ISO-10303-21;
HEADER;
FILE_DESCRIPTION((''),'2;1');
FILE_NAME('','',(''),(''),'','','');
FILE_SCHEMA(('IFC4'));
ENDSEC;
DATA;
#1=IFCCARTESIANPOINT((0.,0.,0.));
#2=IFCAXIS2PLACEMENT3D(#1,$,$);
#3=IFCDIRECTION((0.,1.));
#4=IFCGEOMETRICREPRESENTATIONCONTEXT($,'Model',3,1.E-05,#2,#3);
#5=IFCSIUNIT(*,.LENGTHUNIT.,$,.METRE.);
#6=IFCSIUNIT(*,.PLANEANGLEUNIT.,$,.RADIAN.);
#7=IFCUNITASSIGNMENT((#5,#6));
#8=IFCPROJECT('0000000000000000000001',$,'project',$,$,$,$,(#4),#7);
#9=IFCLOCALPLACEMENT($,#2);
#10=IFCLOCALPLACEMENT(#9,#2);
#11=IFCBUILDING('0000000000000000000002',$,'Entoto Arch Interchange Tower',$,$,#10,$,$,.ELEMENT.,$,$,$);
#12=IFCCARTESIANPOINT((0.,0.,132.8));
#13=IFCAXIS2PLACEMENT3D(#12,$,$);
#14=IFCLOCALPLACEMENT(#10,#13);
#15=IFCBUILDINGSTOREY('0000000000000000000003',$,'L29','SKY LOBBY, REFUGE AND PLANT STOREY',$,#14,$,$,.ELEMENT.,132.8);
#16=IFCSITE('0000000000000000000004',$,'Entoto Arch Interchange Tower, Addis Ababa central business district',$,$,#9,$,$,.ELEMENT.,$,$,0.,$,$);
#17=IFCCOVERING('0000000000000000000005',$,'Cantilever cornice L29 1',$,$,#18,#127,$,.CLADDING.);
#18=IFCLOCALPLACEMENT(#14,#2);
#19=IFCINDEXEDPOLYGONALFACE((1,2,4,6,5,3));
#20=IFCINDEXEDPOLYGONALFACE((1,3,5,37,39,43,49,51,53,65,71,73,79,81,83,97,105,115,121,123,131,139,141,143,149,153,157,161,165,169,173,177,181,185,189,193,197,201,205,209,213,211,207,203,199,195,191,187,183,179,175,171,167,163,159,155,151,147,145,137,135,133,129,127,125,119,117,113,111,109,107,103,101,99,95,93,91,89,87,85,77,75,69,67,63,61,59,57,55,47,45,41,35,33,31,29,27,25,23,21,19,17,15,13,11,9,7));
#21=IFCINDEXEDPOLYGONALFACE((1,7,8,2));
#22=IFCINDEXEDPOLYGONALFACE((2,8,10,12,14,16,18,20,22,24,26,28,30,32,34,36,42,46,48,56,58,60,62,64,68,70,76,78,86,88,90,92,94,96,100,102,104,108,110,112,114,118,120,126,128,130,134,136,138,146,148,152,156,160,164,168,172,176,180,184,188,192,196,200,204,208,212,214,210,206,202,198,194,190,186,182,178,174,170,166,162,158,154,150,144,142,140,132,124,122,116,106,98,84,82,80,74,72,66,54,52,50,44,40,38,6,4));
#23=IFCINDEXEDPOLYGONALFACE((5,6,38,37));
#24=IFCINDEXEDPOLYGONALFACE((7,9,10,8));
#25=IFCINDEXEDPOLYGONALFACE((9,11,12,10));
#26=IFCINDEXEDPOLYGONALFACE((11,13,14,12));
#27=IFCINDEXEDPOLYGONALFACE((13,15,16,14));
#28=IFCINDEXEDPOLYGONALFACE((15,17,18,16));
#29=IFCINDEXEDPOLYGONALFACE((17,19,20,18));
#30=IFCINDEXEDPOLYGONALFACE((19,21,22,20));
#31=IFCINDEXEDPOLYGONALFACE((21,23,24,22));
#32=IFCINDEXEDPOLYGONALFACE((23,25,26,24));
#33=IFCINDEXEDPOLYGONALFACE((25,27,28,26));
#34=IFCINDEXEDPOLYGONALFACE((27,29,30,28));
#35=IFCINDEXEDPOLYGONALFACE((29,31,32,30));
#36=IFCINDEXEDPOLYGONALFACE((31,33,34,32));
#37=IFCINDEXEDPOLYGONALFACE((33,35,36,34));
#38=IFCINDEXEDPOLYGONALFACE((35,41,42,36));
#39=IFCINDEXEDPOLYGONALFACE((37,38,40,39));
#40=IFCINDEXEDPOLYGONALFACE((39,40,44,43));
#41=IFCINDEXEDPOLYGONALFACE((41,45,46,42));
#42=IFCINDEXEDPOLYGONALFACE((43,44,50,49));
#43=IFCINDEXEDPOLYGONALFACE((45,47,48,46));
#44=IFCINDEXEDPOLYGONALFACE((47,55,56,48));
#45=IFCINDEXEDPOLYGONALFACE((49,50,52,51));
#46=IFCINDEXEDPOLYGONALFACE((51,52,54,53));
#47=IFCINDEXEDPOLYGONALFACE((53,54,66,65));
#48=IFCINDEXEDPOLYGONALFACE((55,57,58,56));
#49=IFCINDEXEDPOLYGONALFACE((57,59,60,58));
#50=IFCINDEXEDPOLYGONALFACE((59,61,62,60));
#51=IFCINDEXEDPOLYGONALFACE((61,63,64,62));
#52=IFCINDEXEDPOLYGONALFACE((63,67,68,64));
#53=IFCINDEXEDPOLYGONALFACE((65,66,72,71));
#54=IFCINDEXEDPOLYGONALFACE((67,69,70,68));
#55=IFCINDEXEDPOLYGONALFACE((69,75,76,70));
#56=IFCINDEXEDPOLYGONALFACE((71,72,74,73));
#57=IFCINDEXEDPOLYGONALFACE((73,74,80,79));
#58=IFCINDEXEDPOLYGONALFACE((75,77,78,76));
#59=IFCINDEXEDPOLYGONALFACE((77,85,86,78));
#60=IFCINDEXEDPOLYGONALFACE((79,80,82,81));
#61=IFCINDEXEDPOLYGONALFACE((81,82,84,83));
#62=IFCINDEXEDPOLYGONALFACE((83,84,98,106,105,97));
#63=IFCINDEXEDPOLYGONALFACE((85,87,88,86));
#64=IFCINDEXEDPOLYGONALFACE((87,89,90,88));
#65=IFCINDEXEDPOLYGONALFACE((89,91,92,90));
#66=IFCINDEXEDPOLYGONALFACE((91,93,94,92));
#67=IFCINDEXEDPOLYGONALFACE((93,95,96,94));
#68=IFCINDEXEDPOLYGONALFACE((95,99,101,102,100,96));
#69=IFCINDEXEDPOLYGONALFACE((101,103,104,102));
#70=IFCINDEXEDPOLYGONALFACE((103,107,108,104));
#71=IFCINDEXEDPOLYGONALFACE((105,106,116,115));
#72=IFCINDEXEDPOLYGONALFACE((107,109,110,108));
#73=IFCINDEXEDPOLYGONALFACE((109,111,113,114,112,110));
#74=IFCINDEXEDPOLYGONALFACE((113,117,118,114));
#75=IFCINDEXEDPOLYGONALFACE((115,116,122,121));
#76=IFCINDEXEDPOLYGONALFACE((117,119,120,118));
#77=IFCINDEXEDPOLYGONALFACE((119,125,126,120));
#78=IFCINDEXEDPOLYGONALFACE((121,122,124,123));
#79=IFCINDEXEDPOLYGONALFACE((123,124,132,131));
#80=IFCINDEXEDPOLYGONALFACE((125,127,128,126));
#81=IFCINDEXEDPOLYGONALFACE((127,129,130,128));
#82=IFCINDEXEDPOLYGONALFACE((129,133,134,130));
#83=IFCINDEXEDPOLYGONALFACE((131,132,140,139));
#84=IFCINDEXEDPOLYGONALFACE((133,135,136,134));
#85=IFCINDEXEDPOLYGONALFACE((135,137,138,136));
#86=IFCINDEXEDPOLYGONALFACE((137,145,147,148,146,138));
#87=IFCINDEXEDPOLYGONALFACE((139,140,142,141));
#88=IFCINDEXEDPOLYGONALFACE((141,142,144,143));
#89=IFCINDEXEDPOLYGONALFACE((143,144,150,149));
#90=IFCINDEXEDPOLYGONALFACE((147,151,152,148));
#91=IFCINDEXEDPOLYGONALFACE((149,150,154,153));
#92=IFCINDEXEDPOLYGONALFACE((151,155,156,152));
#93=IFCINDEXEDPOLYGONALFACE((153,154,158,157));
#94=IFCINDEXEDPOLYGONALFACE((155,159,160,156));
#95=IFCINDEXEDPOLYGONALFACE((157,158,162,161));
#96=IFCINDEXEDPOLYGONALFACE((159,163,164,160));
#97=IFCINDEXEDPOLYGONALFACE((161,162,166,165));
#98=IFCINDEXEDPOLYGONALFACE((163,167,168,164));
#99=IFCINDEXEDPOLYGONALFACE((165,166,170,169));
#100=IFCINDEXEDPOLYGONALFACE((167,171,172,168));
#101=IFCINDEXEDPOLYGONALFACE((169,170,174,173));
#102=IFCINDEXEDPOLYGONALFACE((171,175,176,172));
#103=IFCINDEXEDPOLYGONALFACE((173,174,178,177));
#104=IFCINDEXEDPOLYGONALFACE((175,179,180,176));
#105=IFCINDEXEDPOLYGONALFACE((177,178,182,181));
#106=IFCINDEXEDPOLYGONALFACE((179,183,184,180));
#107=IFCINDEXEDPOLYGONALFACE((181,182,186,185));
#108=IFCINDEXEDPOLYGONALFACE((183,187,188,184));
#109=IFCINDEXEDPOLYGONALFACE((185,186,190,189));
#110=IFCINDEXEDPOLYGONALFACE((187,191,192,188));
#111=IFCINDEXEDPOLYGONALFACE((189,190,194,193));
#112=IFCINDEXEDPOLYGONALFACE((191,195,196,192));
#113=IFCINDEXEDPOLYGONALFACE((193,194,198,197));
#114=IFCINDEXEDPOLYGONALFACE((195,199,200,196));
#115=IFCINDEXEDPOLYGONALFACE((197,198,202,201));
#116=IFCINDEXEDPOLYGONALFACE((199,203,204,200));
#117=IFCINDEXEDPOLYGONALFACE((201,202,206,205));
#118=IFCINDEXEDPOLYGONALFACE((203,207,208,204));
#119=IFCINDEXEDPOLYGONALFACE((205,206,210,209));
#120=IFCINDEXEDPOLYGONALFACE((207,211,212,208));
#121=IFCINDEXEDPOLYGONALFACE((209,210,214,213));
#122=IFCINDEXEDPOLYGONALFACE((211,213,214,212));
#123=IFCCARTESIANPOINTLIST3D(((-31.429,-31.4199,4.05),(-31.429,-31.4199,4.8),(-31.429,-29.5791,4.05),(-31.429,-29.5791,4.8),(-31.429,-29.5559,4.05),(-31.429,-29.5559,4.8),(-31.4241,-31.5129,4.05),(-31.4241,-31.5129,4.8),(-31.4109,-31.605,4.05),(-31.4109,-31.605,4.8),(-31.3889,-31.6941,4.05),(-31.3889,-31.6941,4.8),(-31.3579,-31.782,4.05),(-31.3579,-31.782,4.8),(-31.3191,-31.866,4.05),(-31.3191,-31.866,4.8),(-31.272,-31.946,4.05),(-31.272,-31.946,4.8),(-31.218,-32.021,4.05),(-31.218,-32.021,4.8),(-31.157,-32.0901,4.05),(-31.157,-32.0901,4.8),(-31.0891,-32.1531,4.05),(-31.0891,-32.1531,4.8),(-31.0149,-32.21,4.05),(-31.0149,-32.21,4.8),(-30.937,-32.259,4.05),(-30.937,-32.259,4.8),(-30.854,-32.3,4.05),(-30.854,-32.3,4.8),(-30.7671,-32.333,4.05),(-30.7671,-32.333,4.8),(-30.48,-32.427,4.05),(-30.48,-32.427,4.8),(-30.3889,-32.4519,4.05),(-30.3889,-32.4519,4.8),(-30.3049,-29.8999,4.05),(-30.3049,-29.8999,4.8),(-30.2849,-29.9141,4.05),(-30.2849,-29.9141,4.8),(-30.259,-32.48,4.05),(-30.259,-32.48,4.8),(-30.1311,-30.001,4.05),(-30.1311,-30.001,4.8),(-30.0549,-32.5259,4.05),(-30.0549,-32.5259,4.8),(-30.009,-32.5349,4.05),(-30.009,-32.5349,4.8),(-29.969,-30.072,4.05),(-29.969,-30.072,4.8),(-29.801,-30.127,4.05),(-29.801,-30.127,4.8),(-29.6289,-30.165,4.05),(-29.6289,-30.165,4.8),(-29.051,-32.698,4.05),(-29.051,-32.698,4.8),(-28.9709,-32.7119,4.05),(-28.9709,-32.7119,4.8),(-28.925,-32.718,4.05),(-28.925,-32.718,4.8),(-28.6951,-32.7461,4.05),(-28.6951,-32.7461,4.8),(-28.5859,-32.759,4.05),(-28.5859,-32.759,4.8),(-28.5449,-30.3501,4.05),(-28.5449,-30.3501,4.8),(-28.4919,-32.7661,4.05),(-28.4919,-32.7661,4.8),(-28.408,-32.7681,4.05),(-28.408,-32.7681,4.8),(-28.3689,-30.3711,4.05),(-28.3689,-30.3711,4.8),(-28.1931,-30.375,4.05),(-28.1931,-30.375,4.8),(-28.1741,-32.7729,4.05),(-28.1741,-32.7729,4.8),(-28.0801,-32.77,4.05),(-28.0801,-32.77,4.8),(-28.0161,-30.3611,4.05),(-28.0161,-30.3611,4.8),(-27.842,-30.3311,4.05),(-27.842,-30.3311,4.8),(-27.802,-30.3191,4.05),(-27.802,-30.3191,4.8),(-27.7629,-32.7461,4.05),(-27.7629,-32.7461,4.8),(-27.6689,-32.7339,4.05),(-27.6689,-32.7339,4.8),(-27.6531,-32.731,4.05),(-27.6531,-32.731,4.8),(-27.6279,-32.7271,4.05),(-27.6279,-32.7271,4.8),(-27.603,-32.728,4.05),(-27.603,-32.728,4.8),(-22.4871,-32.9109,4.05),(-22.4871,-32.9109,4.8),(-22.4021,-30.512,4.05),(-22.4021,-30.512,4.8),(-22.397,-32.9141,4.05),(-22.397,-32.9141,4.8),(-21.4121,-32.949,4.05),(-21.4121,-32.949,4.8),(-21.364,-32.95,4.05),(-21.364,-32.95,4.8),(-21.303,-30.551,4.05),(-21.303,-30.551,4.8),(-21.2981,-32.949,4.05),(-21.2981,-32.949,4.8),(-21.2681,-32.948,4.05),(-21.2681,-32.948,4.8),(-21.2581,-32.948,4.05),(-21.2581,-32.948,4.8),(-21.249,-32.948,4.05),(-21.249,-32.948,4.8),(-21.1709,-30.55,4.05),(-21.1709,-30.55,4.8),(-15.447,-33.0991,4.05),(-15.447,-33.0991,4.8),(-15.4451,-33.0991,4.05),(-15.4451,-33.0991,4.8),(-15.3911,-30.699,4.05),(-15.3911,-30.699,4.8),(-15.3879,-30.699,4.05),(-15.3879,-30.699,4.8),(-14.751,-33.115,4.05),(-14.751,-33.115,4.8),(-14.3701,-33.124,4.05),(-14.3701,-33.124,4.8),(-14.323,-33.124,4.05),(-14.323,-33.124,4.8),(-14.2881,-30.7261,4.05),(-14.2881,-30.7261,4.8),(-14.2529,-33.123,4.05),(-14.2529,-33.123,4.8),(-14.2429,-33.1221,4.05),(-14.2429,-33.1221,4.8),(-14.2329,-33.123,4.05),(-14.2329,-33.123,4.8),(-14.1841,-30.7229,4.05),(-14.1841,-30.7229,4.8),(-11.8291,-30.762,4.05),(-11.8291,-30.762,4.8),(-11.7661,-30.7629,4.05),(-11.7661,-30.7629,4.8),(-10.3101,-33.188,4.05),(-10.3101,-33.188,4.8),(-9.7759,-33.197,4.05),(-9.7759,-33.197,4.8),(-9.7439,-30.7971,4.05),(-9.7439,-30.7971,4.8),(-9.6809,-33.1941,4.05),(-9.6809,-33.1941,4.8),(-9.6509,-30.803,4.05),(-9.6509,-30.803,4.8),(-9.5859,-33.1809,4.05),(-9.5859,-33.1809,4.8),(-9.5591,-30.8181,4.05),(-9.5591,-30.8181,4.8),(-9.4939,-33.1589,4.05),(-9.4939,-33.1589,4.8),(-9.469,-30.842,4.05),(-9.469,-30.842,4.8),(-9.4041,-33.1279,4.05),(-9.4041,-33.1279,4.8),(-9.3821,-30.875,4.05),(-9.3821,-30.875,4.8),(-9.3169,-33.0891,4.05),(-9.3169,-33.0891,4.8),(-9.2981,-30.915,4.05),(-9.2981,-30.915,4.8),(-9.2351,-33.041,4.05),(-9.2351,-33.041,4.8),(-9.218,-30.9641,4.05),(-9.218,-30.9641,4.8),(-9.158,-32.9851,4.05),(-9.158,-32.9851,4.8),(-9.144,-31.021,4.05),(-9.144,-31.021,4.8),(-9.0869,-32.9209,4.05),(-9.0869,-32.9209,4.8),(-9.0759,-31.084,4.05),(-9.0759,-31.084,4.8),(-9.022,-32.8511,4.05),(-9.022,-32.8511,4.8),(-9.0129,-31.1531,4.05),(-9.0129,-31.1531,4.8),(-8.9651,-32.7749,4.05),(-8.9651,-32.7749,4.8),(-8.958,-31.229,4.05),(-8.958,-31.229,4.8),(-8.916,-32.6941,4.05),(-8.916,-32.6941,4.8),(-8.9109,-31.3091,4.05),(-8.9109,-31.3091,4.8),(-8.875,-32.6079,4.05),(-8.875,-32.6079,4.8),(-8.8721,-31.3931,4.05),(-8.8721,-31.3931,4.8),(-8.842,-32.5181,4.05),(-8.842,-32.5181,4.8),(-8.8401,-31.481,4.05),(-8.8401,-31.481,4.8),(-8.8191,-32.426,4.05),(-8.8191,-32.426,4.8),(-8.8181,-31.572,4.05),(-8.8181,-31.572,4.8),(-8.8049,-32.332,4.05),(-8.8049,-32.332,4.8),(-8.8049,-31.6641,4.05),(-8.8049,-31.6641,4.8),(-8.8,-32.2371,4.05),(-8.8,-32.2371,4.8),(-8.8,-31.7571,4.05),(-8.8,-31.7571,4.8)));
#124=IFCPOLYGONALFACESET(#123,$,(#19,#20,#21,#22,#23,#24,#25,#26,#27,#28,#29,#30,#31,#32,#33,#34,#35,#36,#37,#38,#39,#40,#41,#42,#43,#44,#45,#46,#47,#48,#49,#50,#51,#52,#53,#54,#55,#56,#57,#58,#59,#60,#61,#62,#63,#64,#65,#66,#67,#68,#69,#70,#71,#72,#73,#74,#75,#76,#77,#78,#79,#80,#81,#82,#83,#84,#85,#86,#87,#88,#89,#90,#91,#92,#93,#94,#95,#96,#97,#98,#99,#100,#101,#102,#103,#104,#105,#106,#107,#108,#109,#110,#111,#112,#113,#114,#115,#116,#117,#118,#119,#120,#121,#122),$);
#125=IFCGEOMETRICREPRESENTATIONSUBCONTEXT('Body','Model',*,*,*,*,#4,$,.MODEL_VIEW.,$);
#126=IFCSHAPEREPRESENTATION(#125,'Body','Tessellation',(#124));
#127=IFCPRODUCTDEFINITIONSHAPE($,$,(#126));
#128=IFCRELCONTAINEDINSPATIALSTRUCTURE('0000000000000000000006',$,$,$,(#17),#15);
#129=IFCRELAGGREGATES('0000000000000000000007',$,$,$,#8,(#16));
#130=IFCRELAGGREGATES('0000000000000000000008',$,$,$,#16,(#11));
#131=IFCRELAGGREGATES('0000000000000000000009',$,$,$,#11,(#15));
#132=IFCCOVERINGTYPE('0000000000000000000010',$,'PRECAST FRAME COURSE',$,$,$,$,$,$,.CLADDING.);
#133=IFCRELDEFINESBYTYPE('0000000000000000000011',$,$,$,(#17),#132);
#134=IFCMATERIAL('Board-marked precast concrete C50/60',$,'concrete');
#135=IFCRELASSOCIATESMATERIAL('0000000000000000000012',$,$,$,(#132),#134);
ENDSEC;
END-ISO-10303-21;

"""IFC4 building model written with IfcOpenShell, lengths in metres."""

from ifc_helpers import new_model, si_unit, direction, frame, origin, place, context, subcontext, project, spatial, polyline, outline, extrude, material, type_object, element, save


model = new_model("IFC4")

# Units and contexts
model_context = context("Model", 3, precision=1e-05, world=origin(), true_north=direction((0.0, 1.0)))
body_context = subcontext(model_context, "Body", "Model", "MODEL_VIEW")
ifc_project = project(units=[si_unit("LENGTHUNIT", "METRE"), si_unit("PLANEANGLEUNIT", "RADIAN")], contexts=[model_context])

# Site, building, storey
site_placement = place(None, origin())
site = spatial("IfcSite", under=ifc_project, at=site_placement, Name="Entoto Arch Interchange Tower, Addis Ababa central business district", CompositionType="ELEMENT", RefElevation=0.0)
building_placement = place(site_placement, origin())
building = spatial("IfcBuilding", under=site, at=building_placement, Name="Entoto Arch Interchange Tower", CompositionType="ELEMENT")
storey_placement = place(building_placement, frame((0.0, 0.0, 132.8)))
storey = spatial("IfcBuildingStorey", under=building, at=storey_placement, Name="L29", Description="SKY LOBBY, REFUGE AND PLANT STOREY", CompositionType="ELEMENT", Elevation=132.8)

# Covering
ifc_material_1 = material(Name="Board-marked precast concrete C50/60", Category="concrete")
covering_type_1 = type_object("IfcCoveringType", Name="PRECAST FRAME COURSE", PredefinedType="CLADDING", material=ifc_material_1)
covering_1_placement = place(storey_placement, frame((0.0, 0.0, 4.05)))
element("IfcCovering", 1, at=covering_1_placement, inside=storey, type_object=covering_type_1, Name="Cantilever cornice L29 1", PredefinedType="CLADDING", context=body_context, shape_type="SweptSolid", body=[
    extrude(outline(polyline([(-9.3821, -30.875), (-9.2981, -30.915), (-9.218, -30.9641), (-9.144, -31.021), (-9.0759, -31.084), (-9.0129, -31.1531), (-8.958, -31.229), (-8.9109, -31.3091), (-8.8721, -31.3931), (-8.8401, -31.481), (-8.8181, -31.572), (-8.8049, -31.6641), (-8.8, -31.7571), (-8.8, -32.2371), (-8.8049, -32.332), (-8.8191, -32.426), (-8.842, -32.5181), (-8.875, -32.6079), (-8.916, -32.6941), (-8.9651, -32.7749), (-9.022, -32.8511), (-9.0869, -32.9209), (-9.158, -32.9851), (-9.2351, -33.041), (-9.3169, -33.0891), (-9.4041, -33.1279), (-9.4939, -33.1589), (-9.5859, -33.1809), (-9.6809, -33.1941), (-9.7759, -33.197), (-10.3101, -33.188), (-14.2329, -33.123), (-14.2429, -33.1221), (-14.2529, -33.123), (-14.323, -33.124), (-14.3701, -33.124), (-14.751, -33.115), (-15.4451, -33.0991), (-15.447, -33.0991), (-21.249, -32.948), (-21.249, -32.948), (-21.2581, -32.948), (-21.2681, -32.948), (-21.2981, -32.949), (-21.364, -32.95), (-21.4121, -32.949), (-22.397, -32.9141), (-22.4871, -32.9109), (-27.603, -32.728), (-27.603, -32.728), (-27.6279, -32.7271), (-27.6531, -32.731), (-27.6689, -32.7339), (-27.7629, -32.7461), (-28.0801, -32.77), (-28.1741, -32.7729), (-28.408, -32.7681), (-28.4919, -32.7661), (-28.5859, -32.759), (-28.6951, -32.7461), (-28.925, -32.718), (-28.9709, -32.7119), (-29.051, -32.698), (-30.009, -32.5349), (-30.0549, -32.5259), (-30.259, -32.48), (-30.3889, -32.4519), (-30.48, -32.427), (-30.7671, -32.333), (-30.854, -32.3), (-30.937, -32.259), (-31.0149, -32.21), (-31.0891, -32.1531), (-31.157, -32.0901), (-31.218, -32.021), (-31.272, -31.946), (-31.3191, -31.866), (-31.3579, -31.782), (-31.3889, -31.6941), (-31.4109, -31.605), (-31.4241, -31.5129), (-31.429, -31.4199), (-31.429, -29.5791), (-31.429, -29.5559), (-30.3049, -29.8999), (-30.2849, -29.9141), (-30.1311, -30.001), (-29.969, -30.072), (-29.801, -30.127), (-29.6289, -30.165), (-28.5449, -30.3501), (-28.3689, -30.3711), (-28.1931, -30.375), (-28.0161, -30.3611), (-27.842, -30.3311), (-27.802, -30.3191), (-22.4021, -30.512), (-21.303, -30.551), (-21.1709, -30.55), (-15.3911, -30.699), (-15.3879, -30.699), (-14.2881, -30.7261), (-14.1841, -30.7229), (-11.8291, -30.762), (-11.7661, -30.7629), (-9.7439, -30.7971), (-9.6509, -30.803), (-9.5591, -30.8181), (-9.469, -30.842), (-9.3821, -30.875)])), origin(), (0.0, 0.0, 1.0), 0.75),
])

save(model, "model.ifc")
